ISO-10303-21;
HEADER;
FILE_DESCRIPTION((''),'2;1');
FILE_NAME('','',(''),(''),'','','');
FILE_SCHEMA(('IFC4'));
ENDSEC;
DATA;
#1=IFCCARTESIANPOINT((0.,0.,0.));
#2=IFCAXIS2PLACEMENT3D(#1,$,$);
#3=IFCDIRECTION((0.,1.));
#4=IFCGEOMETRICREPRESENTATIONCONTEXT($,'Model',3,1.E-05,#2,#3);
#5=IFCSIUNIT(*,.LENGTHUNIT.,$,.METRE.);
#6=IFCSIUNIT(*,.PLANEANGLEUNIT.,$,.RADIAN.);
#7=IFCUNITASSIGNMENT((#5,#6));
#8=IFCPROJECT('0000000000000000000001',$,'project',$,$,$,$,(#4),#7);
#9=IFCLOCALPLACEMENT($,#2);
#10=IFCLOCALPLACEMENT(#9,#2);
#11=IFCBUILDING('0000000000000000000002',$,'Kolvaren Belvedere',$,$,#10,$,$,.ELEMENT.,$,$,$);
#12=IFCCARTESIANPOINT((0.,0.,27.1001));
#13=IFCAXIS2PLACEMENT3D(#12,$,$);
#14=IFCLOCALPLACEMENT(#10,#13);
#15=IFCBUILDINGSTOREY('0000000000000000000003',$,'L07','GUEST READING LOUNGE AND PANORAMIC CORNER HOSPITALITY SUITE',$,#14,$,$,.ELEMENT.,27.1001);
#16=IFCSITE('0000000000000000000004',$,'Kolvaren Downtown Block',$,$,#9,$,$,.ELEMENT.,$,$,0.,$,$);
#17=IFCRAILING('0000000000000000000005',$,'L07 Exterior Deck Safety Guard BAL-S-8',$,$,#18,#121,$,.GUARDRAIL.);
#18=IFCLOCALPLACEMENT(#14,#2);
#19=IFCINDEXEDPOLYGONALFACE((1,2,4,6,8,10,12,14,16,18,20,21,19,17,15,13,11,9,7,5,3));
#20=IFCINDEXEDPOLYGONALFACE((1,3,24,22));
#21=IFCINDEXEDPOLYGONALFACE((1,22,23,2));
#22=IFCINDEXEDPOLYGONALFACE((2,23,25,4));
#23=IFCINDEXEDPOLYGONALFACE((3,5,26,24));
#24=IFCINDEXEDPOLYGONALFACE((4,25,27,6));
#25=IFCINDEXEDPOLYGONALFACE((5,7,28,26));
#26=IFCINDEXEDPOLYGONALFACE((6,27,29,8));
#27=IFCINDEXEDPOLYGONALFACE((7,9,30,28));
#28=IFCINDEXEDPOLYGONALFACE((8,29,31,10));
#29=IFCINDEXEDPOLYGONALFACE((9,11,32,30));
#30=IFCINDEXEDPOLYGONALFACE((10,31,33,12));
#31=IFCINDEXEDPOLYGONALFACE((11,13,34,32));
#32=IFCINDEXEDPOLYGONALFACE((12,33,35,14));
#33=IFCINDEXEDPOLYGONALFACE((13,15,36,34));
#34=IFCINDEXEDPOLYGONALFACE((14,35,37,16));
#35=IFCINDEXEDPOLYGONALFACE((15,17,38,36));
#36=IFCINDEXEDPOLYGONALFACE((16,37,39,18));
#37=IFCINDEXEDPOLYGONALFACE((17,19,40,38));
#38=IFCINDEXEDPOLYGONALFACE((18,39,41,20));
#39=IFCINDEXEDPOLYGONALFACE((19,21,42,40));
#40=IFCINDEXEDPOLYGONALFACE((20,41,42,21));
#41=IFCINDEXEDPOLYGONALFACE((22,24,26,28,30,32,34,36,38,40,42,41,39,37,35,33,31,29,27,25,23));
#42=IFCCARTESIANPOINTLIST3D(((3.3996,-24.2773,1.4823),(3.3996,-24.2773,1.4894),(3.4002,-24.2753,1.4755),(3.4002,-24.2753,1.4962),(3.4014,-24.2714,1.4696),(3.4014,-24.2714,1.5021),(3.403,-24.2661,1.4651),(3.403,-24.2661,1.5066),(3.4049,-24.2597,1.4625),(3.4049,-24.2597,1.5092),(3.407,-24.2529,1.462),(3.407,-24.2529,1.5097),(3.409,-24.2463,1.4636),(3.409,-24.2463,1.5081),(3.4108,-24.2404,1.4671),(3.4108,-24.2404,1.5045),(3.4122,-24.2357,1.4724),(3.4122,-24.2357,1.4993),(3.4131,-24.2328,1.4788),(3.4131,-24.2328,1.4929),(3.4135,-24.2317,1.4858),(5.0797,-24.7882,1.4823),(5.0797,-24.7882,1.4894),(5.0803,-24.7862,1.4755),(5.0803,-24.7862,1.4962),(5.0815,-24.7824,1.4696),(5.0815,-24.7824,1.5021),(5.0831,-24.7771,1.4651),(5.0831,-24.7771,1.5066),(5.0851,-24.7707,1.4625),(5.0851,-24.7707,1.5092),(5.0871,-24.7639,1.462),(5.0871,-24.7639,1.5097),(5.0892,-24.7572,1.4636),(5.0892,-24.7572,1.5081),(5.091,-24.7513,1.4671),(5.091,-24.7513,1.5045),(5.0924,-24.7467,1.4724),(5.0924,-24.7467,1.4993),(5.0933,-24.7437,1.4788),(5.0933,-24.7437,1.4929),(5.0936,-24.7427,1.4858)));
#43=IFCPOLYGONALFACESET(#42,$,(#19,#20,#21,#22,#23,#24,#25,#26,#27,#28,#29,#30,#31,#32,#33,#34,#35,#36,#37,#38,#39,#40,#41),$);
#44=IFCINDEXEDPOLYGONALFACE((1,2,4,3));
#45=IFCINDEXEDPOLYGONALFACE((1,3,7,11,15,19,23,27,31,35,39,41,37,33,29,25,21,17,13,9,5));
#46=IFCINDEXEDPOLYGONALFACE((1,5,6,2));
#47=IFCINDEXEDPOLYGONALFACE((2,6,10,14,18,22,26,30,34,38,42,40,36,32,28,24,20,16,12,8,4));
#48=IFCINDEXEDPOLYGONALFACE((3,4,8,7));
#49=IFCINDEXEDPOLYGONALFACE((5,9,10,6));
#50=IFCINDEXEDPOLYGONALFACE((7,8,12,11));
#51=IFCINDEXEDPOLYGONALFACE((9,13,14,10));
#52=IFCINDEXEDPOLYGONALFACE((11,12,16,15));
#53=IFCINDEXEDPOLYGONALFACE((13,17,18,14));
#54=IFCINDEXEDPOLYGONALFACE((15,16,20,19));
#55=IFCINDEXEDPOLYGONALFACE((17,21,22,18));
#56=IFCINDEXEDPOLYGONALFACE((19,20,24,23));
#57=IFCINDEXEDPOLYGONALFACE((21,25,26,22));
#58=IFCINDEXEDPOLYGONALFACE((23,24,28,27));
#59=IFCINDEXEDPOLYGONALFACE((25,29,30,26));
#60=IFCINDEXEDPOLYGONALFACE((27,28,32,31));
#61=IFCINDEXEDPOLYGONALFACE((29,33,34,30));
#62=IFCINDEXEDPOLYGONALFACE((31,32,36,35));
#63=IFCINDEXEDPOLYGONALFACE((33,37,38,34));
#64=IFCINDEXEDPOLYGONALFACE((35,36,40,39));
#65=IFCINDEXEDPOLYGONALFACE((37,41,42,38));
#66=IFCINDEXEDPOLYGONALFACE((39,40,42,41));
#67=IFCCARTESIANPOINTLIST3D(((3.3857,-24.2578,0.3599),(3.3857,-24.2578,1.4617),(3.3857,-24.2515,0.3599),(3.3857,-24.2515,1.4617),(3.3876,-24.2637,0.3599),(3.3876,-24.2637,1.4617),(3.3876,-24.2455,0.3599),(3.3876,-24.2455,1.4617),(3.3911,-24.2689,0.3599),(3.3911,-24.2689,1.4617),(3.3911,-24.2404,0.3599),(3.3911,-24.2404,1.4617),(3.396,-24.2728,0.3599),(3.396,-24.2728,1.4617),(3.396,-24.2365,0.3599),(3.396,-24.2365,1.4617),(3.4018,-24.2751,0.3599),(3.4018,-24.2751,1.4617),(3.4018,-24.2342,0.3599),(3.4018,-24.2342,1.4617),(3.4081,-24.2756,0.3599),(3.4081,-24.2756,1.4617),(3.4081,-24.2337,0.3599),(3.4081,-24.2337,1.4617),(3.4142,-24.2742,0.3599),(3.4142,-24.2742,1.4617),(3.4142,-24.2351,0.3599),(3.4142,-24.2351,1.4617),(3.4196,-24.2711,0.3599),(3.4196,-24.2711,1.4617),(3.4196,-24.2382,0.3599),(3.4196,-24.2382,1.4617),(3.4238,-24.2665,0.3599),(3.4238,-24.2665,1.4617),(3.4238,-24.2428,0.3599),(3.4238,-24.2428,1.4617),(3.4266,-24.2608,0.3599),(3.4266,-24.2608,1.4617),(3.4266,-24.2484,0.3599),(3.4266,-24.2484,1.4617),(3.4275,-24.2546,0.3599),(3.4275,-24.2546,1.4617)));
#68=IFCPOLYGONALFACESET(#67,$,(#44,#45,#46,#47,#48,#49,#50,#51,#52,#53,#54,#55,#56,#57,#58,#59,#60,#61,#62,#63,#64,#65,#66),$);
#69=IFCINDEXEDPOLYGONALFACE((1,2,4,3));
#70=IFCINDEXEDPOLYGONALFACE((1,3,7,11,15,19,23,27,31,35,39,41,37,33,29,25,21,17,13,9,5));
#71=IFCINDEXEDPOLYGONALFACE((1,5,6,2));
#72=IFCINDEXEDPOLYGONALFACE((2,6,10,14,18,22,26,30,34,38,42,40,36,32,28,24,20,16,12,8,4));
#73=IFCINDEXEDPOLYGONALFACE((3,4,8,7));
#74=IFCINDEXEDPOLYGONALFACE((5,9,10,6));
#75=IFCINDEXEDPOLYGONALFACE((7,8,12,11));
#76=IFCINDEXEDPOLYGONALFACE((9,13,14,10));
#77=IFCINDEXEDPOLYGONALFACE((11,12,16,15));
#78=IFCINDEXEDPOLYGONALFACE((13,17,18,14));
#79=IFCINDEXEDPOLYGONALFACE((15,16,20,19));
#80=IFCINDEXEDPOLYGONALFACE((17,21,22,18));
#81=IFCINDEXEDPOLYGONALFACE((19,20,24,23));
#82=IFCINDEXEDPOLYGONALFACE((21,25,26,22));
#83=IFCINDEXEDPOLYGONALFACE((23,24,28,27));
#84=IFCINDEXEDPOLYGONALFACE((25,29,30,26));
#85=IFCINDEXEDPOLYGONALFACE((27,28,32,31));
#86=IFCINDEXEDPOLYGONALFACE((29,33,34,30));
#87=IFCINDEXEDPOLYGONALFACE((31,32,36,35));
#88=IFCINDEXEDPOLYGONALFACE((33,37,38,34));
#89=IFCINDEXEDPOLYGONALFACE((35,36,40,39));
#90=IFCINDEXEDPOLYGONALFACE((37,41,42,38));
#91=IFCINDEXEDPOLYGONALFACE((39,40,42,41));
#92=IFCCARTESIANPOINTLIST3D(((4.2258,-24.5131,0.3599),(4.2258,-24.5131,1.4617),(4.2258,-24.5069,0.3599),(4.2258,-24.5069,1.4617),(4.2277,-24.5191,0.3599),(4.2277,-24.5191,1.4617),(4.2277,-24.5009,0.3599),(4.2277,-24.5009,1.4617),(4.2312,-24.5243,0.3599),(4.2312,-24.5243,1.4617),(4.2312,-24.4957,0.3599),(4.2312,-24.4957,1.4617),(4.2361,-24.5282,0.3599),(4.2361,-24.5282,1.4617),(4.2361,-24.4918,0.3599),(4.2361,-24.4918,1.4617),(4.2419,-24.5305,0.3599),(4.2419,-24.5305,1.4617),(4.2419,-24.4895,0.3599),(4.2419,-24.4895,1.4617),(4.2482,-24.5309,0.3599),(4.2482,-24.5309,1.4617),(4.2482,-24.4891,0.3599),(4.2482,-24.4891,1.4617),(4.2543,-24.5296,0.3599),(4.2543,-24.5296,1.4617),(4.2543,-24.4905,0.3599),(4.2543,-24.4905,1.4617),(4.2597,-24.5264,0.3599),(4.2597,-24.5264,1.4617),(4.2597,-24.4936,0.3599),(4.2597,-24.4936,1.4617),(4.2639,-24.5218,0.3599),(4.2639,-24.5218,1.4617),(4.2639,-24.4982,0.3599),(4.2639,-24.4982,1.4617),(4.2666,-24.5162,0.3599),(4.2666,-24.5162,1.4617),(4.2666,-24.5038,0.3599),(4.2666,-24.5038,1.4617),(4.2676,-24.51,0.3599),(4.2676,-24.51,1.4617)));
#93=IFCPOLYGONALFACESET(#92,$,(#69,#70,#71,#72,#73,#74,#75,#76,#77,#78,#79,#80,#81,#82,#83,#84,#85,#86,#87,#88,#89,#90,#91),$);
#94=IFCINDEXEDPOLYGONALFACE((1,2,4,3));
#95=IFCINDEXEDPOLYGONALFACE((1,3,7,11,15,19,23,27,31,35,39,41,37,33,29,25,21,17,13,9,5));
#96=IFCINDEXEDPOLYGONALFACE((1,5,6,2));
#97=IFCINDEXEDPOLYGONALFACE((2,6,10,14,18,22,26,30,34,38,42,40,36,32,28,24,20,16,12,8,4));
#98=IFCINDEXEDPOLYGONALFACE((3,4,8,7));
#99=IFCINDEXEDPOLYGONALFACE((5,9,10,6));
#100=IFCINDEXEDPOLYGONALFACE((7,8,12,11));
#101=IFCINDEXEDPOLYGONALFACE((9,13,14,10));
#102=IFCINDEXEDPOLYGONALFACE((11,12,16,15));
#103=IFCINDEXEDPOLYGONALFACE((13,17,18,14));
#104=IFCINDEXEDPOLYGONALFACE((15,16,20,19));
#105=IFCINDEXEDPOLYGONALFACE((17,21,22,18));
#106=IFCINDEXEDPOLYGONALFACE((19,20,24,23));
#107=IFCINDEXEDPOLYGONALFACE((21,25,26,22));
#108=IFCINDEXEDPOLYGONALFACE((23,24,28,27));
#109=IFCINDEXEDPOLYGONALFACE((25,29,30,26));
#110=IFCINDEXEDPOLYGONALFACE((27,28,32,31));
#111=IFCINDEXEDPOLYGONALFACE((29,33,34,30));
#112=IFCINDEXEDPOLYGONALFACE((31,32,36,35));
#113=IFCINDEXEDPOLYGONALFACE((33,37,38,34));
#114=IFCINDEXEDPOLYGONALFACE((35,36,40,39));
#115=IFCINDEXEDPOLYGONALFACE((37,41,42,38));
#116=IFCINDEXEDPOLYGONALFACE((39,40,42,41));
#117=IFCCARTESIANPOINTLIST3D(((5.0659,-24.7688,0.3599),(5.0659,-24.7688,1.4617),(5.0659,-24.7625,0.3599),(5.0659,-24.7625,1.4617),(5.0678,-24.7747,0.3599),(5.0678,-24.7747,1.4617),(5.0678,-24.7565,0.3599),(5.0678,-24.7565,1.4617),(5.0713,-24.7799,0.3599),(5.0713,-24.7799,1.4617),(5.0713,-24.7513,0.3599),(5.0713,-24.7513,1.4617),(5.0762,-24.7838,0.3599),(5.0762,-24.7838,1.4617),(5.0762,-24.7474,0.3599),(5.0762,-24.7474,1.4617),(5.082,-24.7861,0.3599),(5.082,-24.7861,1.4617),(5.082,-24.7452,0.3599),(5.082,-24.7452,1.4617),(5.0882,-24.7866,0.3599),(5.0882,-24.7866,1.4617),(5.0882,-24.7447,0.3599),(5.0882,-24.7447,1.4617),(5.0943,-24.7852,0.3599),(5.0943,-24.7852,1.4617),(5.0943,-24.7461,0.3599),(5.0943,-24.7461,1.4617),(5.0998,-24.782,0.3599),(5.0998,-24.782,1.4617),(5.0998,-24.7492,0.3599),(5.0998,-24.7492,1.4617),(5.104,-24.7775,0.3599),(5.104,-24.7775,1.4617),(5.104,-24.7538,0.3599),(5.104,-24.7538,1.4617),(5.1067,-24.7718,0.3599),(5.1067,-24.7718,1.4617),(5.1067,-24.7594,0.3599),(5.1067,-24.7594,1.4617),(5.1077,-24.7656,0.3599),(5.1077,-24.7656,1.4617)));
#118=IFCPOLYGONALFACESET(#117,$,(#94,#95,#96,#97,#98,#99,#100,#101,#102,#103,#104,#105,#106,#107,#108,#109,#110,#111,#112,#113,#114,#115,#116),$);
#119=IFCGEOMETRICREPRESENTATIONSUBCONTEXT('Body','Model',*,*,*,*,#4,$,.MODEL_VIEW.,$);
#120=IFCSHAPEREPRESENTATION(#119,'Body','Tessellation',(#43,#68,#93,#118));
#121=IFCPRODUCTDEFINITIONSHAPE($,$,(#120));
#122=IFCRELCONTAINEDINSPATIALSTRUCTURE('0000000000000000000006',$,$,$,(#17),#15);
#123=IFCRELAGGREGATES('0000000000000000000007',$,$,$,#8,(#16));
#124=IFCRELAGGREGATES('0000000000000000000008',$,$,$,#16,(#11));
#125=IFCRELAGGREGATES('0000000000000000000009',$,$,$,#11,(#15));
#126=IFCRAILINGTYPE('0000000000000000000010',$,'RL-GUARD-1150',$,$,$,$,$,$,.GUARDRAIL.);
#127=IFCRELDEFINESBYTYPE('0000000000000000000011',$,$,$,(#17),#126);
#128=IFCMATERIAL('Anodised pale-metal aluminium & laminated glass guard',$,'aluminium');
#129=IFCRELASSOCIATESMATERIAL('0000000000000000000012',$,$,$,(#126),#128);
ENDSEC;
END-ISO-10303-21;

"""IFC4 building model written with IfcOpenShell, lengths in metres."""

from ifc_helpers import new_model, si_unit, direction, frame, origin, origin_2d, place, context, subcontext, project, spatial, circle, extrude, material, type_object, element, save


model = new_model("IFC4")

# Units and contexts
model_context = context("Model", 3, precision=1e-05, world=origin(), true_north=direction((0.0, 1.0)))
body_context = subcontext(model_context, "Body", "Model", "MODEL_VIEW")
ifc_project = project(units=[si_unit("LENGTHUNIT", "METRE"), si_unit("PLANEANGLEUNIT", "RADIAN")], contexts=[model_context])

# Site, building, storey
site_placement = place(None, origin())
site = spatial("IfcSite", under=ifc_project, at=site_placement, Name="Kolvaren Downtown Block", CompositionType="ELEMENT", RefElevation=0.0)
building_placement = place(site_placement, origin())
building = spatial("IfcBuilding", under=site, at=building_placement, Name="Kolvaren Belvedere", CompositionType="ELEMENT")
storey_placement = place(building_placement, frame((0.0, 0.0, 27.1001)))
storey = spatial("IfcBuildingStorey", under=building, at=storey_placement, Name="L07", Description="GUEST READING LOUNGE AND PANORAMIC CORNER HOSPITALITY SUITE", CompositionType="ELEMENT", Elevation=27.1001)

# Railing
ifc_material_1 = material(Name="Anodised pale-metal aluminium & laminated glass guard", Category="aluminium")
railing_type = type_object("IfcRailingType", Name="RL-GUARD-1150", PredefinedType="GUARDRAIL", material=ifc_material_1)
railing_1_placement = place(storey_placement, frame((3.4065, -24.2546, 0.3599)))
element("IfcRailing", 1, at=railing_1_placement, inside=storey, type_object=railing_type, Name="L07 Exterior Deck Safety Guard BAL-S-8", PredefinedType="GUARDRAIL", context=body_context, shape_type="SweptSolid", body=[
    extrude(circle(Radius=0.0239, at=origin_2d()), frame((0.0, 0.0, 1.126), z_axis=(0.956733, -0.290968, 0.0), x_axis=(0.290968, 0.956733, 0.0)), (0.0, 0.0, 1.0), 1.7561),
    extrude(circle(Radius=0.021, at=origin_2d()), origin(), (0.0, 0.0, 1.0), 1.1018),
    extrude(circle(Radius=0.021, at=origin_2d()), frame((0.8401, -0.2554, 0.0)), (0.0, 0.0, 1.0), 1.1018),
    extrude(circle(Radius=0.021, at=origin_2d()), frame((1.6802, -0.511, 0.0)), (0.0, 0.0, 1.0), 1.1018),
])

save(model, "model.ifc")
